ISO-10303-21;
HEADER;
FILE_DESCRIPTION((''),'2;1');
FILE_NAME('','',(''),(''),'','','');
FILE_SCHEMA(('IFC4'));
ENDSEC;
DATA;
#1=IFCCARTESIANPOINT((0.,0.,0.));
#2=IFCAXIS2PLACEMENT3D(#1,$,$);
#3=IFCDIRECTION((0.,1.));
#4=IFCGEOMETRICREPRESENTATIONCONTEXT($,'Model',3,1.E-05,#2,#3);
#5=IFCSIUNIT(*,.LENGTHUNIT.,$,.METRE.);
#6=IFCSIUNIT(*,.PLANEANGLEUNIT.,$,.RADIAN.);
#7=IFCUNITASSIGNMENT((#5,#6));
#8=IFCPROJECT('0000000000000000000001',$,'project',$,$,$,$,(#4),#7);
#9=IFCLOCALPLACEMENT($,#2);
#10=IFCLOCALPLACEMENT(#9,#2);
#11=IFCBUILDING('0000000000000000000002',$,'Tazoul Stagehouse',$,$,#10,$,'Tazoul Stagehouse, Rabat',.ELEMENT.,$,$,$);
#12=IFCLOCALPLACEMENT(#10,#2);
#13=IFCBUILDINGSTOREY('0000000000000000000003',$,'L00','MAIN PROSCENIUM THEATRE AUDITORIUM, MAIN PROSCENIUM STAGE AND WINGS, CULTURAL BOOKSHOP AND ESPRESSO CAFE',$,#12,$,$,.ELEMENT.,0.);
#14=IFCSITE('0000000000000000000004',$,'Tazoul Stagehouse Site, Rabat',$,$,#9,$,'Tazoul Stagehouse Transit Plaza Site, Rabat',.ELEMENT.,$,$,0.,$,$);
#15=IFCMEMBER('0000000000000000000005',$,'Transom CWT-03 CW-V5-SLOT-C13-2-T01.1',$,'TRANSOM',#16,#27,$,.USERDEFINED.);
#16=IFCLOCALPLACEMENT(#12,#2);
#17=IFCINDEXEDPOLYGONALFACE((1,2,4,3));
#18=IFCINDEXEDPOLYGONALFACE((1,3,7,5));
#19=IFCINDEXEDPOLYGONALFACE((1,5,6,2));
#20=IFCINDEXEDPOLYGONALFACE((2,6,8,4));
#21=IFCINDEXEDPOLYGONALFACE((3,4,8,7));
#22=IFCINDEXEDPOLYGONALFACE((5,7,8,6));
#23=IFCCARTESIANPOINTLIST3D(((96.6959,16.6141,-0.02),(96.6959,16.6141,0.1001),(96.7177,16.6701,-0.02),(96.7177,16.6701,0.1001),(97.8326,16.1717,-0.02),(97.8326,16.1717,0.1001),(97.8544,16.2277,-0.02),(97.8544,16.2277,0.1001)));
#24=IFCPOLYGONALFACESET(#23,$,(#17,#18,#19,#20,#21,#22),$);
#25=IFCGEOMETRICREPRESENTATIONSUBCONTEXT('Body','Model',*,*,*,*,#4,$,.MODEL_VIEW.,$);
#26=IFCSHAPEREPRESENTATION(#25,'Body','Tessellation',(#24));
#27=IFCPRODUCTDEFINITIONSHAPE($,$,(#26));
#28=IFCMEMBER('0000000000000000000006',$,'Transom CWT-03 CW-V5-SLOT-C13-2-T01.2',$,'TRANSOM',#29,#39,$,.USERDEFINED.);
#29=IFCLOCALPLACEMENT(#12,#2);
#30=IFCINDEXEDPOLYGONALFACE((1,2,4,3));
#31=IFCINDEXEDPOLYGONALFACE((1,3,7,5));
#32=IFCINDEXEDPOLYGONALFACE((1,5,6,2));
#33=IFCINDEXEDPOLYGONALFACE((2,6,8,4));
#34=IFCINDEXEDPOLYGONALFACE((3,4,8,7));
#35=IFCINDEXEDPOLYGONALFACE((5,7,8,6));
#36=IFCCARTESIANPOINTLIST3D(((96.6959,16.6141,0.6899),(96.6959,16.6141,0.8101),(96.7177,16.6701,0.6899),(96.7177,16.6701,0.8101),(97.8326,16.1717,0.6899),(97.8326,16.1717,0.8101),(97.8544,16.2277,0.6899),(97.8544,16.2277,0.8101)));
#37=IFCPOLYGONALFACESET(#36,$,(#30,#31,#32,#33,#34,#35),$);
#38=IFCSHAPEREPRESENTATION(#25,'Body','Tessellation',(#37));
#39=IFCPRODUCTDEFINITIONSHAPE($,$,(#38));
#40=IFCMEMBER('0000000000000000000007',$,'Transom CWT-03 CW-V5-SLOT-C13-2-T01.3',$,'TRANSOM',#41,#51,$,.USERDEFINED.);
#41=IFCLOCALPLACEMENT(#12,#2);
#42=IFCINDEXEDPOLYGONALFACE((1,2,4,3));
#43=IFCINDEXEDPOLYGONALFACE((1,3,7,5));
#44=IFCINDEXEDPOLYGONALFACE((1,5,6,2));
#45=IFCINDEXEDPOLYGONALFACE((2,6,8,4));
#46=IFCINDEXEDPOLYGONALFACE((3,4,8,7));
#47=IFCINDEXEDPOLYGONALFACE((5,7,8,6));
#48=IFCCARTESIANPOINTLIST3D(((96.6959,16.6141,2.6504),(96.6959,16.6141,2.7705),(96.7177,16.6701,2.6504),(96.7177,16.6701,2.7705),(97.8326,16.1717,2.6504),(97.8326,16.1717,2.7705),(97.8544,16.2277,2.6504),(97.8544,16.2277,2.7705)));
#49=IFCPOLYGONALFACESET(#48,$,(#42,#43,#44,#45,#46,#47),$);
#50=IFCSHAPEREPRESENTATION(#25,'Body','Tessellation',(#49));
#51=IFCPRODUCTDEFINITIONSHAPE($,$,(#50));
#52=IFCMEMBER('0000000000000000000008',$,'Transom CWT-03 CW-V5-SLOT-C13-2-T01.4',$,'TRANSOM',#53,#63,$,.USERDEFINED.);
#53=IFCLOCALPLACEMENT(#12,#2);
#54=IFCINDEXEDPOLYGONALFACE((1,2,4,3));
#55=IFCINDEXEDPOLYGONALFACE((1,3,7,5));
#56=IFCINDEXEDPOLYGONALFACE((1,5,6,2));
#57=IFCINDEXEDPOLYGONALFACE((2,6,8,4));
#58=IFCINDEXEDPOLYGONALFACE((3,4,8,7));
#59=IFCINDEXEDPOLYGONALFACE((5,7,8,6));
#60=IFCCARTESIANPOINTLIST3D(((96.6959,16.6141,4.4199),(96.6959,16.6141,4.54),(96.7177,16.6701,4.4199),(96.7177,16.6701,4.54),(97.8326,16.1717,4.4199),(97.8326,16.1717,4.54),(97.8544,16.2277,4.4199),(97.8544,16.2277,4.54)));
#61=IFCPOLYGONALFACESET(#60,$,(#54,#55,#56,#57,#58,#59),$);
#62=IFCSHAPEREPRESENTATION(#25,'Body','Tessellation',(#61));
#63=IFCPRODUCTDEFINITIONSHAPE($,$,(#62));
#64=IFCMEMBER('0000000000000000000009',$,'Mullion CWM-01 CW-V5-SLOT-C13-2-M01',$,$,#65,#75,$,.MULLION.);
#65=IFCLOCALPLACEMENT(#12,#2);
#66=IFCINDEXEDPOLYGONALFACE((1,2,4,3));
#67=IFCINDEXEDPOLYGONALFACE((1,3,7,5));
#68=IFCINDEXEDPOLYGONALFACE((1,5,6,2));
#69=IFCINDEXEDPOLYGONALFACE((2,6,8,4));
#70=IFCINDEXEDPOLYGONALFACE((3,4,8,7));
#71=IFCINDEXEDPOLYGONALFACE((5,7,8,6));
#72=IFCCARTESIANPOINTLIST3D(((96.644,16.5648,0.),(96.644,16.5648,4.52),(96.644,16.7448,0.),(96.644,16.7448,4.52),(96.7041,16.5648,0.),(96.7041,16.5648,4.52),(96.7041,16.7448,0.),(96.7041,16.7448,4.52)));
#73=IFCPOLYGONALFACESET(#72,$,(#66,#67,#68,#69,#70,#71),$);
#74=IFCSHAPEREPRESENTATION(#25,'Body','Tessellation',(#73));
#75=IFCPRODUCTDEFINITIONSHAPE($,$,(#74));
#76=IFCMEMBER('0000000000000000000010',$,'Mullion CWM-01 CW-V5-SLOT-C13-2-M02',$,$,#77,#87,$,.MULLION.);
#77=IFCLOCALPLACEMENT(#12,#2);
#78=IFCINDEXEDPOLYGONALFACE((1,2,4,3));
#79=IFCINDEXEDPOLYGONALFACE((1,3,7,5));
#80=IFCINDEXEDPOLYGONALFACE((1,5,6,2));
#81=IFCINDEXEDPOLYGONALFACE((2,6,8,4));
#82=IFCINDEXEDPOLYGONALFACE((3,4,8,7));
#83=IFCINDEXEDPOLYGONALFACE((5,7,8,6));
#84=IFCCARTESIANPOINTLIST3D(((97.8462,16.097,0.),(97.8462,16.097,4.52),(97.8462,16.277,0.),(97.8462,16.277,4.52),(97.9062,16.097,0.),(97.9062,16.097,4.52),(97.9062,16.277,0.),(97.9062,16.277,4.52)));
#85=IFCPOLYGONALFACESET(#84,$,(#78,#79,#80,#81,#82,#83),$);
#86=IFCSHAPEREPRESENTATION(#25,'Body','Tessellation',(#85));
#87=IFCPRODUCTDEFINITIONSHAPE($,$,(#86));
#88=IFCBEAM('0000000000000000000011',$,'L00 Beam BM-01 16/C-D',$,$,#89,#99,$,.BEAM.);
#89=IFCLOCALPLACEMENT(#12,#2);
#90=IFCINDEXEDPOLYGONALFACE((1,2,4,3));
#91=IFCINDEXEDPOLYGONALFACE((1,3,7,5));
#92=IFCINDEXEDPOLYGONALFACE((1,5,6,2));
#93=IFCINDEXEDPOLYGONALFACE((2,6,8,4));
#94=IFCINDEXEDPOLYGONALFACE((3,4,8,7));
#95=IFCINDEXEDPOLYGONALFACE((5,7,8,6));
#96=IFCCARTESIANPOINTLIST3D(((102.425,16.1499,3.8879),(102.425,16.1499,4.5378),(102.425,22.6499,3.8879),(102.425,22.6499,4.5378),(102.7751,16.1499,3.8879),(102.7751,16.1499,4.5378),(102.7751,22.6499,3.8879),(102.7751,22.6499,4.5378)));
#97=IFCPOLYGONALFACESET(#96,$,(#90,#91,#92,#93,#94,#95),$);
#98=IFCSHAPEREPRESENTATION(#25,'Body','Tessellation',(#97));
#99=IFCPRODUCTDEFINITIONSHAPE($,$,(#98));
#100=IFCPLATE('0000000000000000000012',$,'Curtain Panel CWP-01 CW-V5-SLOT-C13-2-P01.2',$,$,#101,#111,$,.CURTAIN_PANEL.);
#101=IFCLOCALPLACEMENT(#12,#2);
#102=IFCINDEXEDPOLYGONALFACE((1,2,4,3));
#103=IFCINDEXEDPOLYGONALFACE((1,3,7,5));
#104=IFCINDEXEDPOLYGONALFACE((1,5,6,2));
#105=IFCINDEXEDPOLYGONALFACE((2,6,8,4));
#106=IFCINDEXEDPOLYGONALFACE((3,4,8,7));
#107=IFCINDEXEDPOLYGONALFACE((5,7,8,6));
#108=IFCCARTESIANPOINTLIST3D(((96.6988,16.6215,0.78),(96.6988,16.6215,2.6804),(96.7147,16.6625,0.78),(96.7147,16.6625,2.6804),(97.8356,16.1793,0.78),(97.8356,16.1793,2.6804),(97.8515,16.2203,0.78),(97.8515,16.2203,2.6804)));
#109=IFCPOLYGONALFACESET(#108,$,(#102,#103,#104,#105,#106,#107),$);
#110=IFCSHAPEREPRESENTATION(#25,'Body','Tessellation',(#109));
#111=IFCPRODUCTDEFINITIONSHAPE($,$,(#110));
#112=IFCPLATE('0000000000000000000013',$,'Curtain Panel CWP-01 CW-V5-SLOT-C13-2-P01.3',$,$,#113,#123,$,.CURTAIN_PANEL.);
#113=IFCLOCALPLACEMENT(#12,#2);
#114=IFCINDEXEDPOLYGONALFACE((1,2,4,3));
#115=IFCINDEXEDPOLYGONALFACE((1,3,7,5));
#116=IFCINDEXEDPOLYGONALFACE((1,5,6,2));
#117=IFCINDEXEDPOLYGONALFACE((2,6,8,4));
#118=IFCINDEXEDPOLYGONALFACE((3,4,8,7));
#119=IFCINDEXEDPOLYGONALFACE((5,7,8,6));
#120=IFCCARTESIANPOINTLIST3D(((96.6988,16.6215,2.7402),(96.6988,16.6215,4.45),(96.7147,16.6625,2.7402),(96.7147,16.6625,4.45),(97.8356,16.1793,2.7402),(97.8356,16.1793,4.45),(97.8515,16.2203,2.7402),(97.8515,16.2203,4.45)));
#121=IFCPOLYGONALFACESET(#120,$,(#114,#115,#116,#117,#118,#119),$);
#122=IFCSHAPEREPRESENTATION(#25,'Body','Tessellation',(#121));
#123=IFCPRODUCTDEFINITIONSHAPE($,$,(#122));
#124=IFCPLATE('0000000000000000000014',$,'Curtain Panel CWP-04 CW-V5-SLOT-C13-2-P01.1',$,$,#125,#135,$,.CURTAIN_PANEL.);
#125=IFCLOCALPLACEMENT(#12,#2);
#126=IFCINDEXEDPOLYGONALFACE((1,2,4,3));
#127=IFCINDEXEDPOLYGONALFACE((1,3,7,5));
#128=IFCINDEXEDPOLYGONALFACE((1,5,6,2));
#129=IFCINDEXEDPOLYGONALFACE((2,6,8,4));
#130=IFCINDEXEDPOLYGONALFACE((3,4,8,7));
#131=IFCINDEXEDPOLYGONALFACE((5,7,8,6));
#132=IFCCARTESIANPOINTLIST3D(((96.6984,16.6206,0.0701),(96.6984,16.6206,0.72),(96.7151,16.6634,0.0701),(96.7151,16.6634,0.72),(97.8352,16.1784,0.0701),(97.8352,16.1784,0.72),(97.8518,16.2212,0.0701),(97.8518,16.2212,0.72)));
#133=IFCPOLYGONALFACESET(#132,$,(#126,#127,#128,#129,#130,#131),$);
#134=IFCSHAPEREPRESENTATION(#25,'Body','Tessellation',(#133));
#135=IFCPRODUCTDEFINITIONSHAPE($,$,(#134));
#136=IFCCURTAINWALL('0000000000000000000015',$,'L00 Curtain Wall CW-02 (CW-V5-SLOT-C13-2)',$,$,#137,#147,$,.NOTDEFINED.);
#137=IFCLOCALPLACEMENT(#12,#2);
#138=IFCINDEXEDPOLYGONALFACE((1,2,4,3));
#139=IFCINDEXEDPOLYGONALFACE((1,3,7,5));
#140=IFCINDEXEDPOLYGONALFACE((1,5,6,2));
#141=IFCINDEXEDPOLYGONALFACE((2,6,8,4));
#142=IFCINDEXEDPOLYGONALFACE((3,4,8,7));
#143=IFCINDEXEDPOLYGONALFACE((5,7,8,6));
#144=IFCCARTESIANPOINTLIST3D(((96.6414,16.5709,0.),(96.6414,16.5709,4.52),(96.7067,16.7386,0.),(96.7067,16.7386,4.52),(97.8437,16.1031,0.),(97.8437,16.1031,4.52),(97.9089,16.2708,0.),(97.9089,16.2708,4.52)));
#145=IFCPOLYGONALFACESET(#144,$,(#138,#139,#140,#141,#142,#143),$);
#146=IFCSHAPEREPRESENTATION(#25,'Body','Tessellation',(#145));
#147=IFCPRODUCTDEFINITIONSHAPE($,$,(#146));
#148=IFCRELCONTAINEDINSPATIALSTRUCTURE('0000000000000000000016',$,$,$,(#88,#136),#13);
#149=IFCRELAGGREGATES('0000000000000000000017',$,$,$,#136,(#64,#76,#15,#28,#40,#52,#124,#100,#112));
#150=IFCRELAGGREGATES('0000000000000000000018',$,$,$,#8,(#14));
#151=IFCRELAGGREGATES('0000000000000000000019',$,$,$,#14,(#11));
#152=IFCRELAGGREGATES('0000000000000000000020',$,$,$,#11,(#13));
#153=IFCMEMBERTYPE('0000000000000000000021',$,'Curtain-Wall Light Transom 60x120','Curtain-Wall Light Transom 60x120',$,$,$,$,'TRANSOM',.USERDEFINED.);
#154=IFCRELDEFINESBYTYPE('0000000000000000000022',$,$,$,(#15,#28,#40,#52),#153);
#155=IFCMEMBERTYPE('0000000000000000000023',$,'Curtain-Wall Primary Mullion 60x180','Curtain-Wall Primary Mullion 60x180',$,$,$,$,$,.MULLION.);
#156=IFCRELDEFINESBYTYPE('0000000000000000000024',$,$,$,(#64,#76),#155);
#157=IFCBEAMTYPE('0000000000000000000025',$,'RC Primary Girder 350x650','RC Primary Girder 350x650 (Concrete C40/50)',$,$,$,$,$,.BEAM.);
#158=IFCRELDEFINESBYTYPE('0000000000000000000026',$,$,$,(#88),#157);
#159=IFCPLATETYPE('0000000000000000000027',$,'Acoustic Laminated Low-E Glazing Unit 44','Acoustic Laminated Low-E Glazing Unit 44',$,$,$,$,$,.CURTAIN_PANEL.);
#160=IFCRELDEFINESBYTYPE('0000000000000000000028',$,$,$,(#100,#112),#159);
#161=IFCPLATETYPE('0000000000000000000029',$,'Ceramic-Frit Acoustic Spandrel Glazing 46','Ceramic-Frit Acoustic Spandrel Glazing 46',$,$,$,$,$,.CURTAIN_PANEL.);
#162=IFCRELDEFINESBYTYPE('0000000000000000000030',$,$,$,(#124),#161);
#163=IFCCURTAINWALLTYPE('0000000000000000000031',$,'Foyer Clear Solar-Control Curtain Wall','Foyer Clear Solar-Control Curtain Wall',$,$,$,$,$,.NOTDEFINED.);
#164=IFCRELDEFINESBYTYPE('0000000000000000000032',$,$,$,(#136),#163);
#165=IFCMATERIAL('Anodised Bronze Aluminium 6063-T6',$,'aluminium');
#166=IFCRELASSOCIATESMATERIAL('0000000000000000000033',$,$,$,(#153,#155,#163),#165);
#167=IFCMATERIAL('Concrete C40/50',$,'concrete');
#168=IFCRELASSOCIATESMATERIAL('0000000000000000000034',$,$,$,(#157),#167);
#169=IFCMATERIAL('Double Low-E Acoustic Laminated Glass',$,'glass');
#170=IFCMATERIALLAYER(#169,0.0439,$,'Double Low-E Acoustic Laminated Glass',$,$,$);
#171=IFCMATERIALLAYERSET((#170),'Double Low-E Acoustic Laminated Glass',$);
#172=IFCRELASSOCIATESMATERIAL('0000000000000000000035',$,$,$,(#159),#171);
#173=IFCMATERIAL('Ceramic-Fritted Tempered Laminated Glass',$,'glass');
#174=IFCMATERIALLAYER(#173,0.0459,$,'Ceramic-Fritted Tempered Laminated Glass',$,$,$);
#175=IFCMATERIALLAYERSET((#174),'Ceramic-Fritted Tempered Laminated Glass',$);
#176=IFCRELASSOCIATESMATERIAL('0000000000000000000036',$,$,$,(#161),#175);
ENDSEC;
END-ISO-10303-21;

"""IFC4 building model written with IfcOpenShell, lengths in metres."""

from ifc_helpers import new_model, si_unit, direction, frame, frame_2d, origin, origin_2d, place, context, subcontext, project, spatial, rectangle, extrude, material, layer, layer_set, material_profile, profile_set, type_object, element, aggregate, save


model = new_model("IFC4")

# Units and contexts
model_context = context("Model", 3, precision=1e-05, world=origin(), true_north=direction((0.0, 1.0)))
body_context = subcontext(model_context, "Body", "Model", "MODEL_VIEW")
ifc_project = project(units=[si_unit("LENGTHUNIT", "METRE"), si_unit("PLANEANGLEUNIT", "RADIAN")], contexts=[model_context])

# Site, building, storey
site_placement = place(None, origin())
site = spatial("IfcSite", under=ifc_project, at=site_placement, Name="Tazoul Stagehouse Site, Rabat", LongName="Tazoul Stagehouse Transit Plaza Site, Rabat", CompositionType="ELEMENT", RefElevation=0.0)
building_placement = place(site_placement, origin())
building = spatial("IfcBuilding", under=site, at=building_placement, Name="Tazoul Stagehouse", LongName="Tazoul Stagehouse, Rabat", CompositionType="ELEMENT")
storey_placement = place(building_placement, origin())
storey = spatial("IfcBuildingStorey", under=building, at=storey_placement, Name="L00", Description="MAIN PROSCENIUM THEATRE AUDITORIUM, MAIN PROSCENIUM STAGE AND WINGS, CULTURAL BOOKSHOP AND ESPRESSO CAFE", CompositionType="ELEMENT", Elevation=0.0)

# Shared definitions
ifc_material_1 = material(Name="Concrete C40/50", Category="concrete")

# Members
ifc_material_2 = material(Name="Anodised Bronze Aluminium 6063-T6", Category="aluminium")
ifc_material_profile_1 = material_profile(ifc_material_2, rectangle(XDim=0.0601, YDim=0.1201, at=origin_2d()), Name="ALU TRANSOM 60x120")
ifc_profile_set_1 = profile_set([ifc_material_profile_1], Name="Anodised Bronze Aluminium 6063-T6")
member_type_1 = type_object("IfcMemberType", Name="Curtain-Wall Light Transom 60x120", Description="Curtain-Wall Light Transom 60x120", ElementType="TRANSOM", PredefinedType="USERDEFINED", material=ifc_profile_set_1)
member_1_placement = place(storey_placement, frame((96.7068, 16.6421, 0.04), z_axis=(0.931914, -0.362678, 0.0), x_axis=(0.362678, 0.931914, 0.0)))
member_1 = element("IfcMember", 1, at=member_1_placement, type_object=member_type_1, Name="Transom CWT-03 CW-V5-SLOT-C13-2-T01.1", ObjectType="TRANSOM", PredefinedType="USERDEFINED", context=body_context, shape_type="SweptSolid", body=[
    extrude(rectangle(XDim=0.0601, YDim=0.1201, at=origin_2d()), origin(), (0.0, 0.0, 1.0), 1.2197),
])
member_2_placement = place(storey_placement, frame((96.7068, 16.6421, 0.75), z_axis=(0.931914, -0.362678, 0.0), x_axis=(0.362678, 0.931914, 0.0)))
member_2 = element("IfcMember", 2, at=member_2_placement, type_object=member_type_1, Name="Transom CWT-03 CW-V5-SLOT-C13-2-T01.2", ObjectType="TRANSOM", PredefinedType="USERDEFINED", context=body_context, shape_type="SweptSolid", body=[
    extrude(rectangle(XDim=0.0601, YDim=0.1201, at=origin_2d()), origin(), (0.0, 0.0, 1.0), 1.2197),
])
member_3_placement = place(storey_placement, frame((96.7068, 16.6421, 2.7104), z_axis=(0.931914, -0.362678, 0.0), x_axis=(0.362678, 0.931914, 0.0)))
member_3 = element("IfcMember", 3, at=member_3_placement, type_object=member_type_1, Name="Transom CWT-03 CW-V5-SLOT-C13-2-T01.3", ObjectType="TRANSOM", PredefinedType="USERDEFINED", context=body_context, shape_type="SweptSolid", body=[
    extrude(rectangle(XDim=0.0601, YDim=0.1201, at=origin_2d()), origin(), (0.0, 0.0, 1.0), 1.2197),
])
member_4_placement = place(storey_placement, frame((96.7068, 16.6421, 4.48), z_axis=(0.931914, -0.362678, 0.0), x_axis=(0.362678, 0.931914, 0.0)))
member_4 = element("IfcMember", 4, at=member_4_placement, type_object=member_type_1, Name="Transom CWT-03 CW-V5-SLOT-C13-2-T01.4", ObjectType="TRANSOM", PredefinedType="USERDEFINED", context=body_context, shape_type="SweptSolid", body=[
    extrude(rectangle(XDim=0.0601, YDim=0.1201, at=origin_2d()), origin(), (0.0, 0.0, 1.0), 1.2197),
])
ifc_material_profile_2 = material_profile(ifc_material_2, rectangle(XDim=0.0601, YDim=0.1799, at=origin_2d()), Name="ALU MULLION 60x180")
ifc_profile_set_2 = profile_set([ifc_material_profile_2], Name="Anodised Bronze Aluminium 6063-T6")
member_type_2 = type_object("IfcMemberType", Name="Curtain-Wall Primary Mullion 60x180", Description="Curtain-Wall Primary Mullion 60x180", PredefinedType="MULLION", material=ifc_profile_set_2)
member_5_placement = place(storey_placement, frame((96.6741, 16.6548, 0.0), z_axis=(0.0, 0.0, 1.0), x_axis=(1.0, 0.0, 0.0)))
member_5 = element("IfcMember", 5, at=member_5_placement, type_object=member_type_2, Name="Mullion CWM-01 CW-V5-SLOT-C13-2-M01", PredefinedType="MULLION", context=body_context, shape_type="SweptSolid", body=[
    extrude(rectangle(XDim=0.0601, YDim=0.1799, at=origin_2d()), origin(), (0.0, 0.0, 1.0), 4.52),
])
member_6_placement = place(storey_placement, frame((97.8762, 16.187, 0.0), z_axis=(0.0, 0.0, 1.0), x_axis=(1.0, 0.0, 0.0)))
member_6 = element("IfcMember", 6, at=member_6_placement, type_object=member_type_2, Name="Mullion CWM-01 CW-V5-SLOT-C13-2-M02", PredefinedType="MULLION", context=body_context, shape_type="SweptSolid", body=[
    extrude(rectangle(XDim=0.0601, YDim=0.1799, at=origin_2d()), origin(), (0.0, 0.0, 1.0), 4.52),
])

# Beam
ifc_material_profile_3 = material_profile(ifc_material_1, rectangle(XDim=0.3501, YDim=0.6499, at=origin_2d()), Name="RC 350x650")
ifc_profile_set_3 = profile_set([ifc_material_profile_3], Name="Concrete C40/50")
beam_type_1 = type_object("IfcBeamType", Name="RC Primary Girder 350x650", Description="RC Primary Girder 350x650 (Concrete C40/50)", PredefinedType="BEAM", material=ifc_profile_set_3)
beam_1_placement = place(storey_placement, frame((102.6001, 16.1499, 4.2129), z_axis=(0.0, 1.0, 0.0), x_axis=(-1.0, 0.0, 0.0)))
element("IfcBeam", 7, at=beam_1_placement, inside=storey, type_object=beam_type_1, Name="L00 Beam BM-01 16/C-D", PredefinedType="BEAM", context=body_context, shape_type="SweptSolid", body=[
    extrude(rectangle(XDim=0.3501, YDim=0.6499, at=origin_2d()), origin(), (0.0, 0.0, 1.0), 6.5),
])

# Plates
ifc_material_3 = material(Name="Double Low-E Acoustic Laminated Glass", Category="glass")
ifc_layer_1 = layer(ifc_material_3, 0.0439, Name="Double Low-E Acoustic Laminated Glass")
ifc_layer_set_1 = layer_set([ifc_layer_1], Name="Double Low-E Acoustic Laminated Glass")
plate_type_1 = type_object("IfcPlateType", Name="Acoustic Laminated Low-E Glazing Unit 44", Description="Acoustic Laminated Low-E Glazing Unit 44", PredefinedType="CURTAIN_PANEL", material=ifc_layer_set_1)
plate_1_placement = place(storey_placement, frame((97.2751, 16.4209, 0.78), z_axis=(0.0, 0.0, 1.0), x_axis=(0.931974, -0.362524, 0.0)))
plate_1 = element("IfcPlate", 8, at=plate_1_placement, type_object=plate_type_1, Name="Curtain Panel CWP-01 CW-V5-SLOT-C13-2-P01.2", PredefinedType="CURTAIN_PANEL", context=body_context, shape_type="SweptSolid", body=[
    extrude(rectangle(XDim=1.2197, YDim=0.0439, at=origin_2d()), origin(), (0.0, 0.0, 1.0), 1.9004),
])
plate_2_placement = place(storey_placement, frame((97.2751, 16.4209, 2.7402), z_axis=(0.0, 0.0, 1.0), x_axis=(0.931974, -0.362524, 0.0)))
plate_2 = element("IfcPlate", 9, at=plate_2_placement, type_object=plate_type_1, Name="Curtain Panel CWP-01 CW-V5-SLOT-C13-2-P01.3", PredefinedType="CURTAIN_PANEL", context=body_context, shape_type="SweptSolid", body=[
    extrude(rectangle(XDim=1.2197, YDim=0.0439, at=origin_2d()), origin(), (0.0, 0.0, 1.0), 1.7097),
])
ifc_material_4 = material(Name="Ceramic-Fritted Tempered Laminated Glass", Category="glass")
ifc_layer_2 = layer(ifc_material_4, 0.0459, Name="Ceramic-Fritted Tempered Laminated Glass")
ifc_layer_set_2 = layer_set([ifc_layer_2], Name="Ceramic-Fritted Tempered Laminated Glass")
plate_type_2 = type_object("IfcPlateType", Name="Ceramic-Frit Acoustic Spandrel Glazing 46", Description="Ceramic-Frit Acoustic Spandrel Glazing 46", PredefinedType="CURTAIN_PANEL", material=ifc_layer_set_2)
plate_3_placement = place(storey_placement, frame((97.2751, 16.4209, 0.0701), z_axis=(0.0, 0.0, 1.0), x_axis=(0.931974, -0.362524, 0.0)))
plate_3 = element("IfcPlate", 10, at=plate_3_placement, type_object=plate_type_2, Name="Curtain Panel CWP-04 CW-V5-SLOT-C13-2-P01.1", PredefinedType="CURTAIN_PANEL", context=body_context, shape_type="SweptSolid", body=[
    extrude(rectangle(XDim=1.2197, YDim=0.0459, at=origin_2d()), origin(), (0.0, 0.0, 1.0), 0.6499),
])

# Curtain wall
curtain_wall_type = type_object("IfcCurtainWallType", Name="Foyer Clear Solar-Control Curtain Wall", Description="Foyer Clear Solar-Control Curtain Wall", PredefinedType="NOTDEFINED", material=ifc_material_2)
curtain_wall_placement = place(storey_placement, frame((96.6741, 16.6548, 0.0), z_axis=(0.0, 0.0, 1.0), x_axis=(0.931934, -0.362629, 0.0)))
curtain_wall = element("IfcCurtainWall", 11, at=curtain_wall_placement, inside=storey, type_object=curtain_wall_type, Name="L00 Curtain Wall CW-02 (CW-V5-SLOT-C13-2)", PredefinedType="NOTDEFINED", context=body_context, shape_type="SweptSolid", body=[
    extrude(rectangle(XDim=1.29, YDim=0.1799, at=frame_2d((0.645, 0.0))), origin(), (0.0, 0.0, 1.0), 4.52),
])
aggregate(curtain_wall, [member_5, member_6, member_1, member_2, member_3, member_4, plate_3, plate_1, plate_2])

save(model, "model.ifc")
